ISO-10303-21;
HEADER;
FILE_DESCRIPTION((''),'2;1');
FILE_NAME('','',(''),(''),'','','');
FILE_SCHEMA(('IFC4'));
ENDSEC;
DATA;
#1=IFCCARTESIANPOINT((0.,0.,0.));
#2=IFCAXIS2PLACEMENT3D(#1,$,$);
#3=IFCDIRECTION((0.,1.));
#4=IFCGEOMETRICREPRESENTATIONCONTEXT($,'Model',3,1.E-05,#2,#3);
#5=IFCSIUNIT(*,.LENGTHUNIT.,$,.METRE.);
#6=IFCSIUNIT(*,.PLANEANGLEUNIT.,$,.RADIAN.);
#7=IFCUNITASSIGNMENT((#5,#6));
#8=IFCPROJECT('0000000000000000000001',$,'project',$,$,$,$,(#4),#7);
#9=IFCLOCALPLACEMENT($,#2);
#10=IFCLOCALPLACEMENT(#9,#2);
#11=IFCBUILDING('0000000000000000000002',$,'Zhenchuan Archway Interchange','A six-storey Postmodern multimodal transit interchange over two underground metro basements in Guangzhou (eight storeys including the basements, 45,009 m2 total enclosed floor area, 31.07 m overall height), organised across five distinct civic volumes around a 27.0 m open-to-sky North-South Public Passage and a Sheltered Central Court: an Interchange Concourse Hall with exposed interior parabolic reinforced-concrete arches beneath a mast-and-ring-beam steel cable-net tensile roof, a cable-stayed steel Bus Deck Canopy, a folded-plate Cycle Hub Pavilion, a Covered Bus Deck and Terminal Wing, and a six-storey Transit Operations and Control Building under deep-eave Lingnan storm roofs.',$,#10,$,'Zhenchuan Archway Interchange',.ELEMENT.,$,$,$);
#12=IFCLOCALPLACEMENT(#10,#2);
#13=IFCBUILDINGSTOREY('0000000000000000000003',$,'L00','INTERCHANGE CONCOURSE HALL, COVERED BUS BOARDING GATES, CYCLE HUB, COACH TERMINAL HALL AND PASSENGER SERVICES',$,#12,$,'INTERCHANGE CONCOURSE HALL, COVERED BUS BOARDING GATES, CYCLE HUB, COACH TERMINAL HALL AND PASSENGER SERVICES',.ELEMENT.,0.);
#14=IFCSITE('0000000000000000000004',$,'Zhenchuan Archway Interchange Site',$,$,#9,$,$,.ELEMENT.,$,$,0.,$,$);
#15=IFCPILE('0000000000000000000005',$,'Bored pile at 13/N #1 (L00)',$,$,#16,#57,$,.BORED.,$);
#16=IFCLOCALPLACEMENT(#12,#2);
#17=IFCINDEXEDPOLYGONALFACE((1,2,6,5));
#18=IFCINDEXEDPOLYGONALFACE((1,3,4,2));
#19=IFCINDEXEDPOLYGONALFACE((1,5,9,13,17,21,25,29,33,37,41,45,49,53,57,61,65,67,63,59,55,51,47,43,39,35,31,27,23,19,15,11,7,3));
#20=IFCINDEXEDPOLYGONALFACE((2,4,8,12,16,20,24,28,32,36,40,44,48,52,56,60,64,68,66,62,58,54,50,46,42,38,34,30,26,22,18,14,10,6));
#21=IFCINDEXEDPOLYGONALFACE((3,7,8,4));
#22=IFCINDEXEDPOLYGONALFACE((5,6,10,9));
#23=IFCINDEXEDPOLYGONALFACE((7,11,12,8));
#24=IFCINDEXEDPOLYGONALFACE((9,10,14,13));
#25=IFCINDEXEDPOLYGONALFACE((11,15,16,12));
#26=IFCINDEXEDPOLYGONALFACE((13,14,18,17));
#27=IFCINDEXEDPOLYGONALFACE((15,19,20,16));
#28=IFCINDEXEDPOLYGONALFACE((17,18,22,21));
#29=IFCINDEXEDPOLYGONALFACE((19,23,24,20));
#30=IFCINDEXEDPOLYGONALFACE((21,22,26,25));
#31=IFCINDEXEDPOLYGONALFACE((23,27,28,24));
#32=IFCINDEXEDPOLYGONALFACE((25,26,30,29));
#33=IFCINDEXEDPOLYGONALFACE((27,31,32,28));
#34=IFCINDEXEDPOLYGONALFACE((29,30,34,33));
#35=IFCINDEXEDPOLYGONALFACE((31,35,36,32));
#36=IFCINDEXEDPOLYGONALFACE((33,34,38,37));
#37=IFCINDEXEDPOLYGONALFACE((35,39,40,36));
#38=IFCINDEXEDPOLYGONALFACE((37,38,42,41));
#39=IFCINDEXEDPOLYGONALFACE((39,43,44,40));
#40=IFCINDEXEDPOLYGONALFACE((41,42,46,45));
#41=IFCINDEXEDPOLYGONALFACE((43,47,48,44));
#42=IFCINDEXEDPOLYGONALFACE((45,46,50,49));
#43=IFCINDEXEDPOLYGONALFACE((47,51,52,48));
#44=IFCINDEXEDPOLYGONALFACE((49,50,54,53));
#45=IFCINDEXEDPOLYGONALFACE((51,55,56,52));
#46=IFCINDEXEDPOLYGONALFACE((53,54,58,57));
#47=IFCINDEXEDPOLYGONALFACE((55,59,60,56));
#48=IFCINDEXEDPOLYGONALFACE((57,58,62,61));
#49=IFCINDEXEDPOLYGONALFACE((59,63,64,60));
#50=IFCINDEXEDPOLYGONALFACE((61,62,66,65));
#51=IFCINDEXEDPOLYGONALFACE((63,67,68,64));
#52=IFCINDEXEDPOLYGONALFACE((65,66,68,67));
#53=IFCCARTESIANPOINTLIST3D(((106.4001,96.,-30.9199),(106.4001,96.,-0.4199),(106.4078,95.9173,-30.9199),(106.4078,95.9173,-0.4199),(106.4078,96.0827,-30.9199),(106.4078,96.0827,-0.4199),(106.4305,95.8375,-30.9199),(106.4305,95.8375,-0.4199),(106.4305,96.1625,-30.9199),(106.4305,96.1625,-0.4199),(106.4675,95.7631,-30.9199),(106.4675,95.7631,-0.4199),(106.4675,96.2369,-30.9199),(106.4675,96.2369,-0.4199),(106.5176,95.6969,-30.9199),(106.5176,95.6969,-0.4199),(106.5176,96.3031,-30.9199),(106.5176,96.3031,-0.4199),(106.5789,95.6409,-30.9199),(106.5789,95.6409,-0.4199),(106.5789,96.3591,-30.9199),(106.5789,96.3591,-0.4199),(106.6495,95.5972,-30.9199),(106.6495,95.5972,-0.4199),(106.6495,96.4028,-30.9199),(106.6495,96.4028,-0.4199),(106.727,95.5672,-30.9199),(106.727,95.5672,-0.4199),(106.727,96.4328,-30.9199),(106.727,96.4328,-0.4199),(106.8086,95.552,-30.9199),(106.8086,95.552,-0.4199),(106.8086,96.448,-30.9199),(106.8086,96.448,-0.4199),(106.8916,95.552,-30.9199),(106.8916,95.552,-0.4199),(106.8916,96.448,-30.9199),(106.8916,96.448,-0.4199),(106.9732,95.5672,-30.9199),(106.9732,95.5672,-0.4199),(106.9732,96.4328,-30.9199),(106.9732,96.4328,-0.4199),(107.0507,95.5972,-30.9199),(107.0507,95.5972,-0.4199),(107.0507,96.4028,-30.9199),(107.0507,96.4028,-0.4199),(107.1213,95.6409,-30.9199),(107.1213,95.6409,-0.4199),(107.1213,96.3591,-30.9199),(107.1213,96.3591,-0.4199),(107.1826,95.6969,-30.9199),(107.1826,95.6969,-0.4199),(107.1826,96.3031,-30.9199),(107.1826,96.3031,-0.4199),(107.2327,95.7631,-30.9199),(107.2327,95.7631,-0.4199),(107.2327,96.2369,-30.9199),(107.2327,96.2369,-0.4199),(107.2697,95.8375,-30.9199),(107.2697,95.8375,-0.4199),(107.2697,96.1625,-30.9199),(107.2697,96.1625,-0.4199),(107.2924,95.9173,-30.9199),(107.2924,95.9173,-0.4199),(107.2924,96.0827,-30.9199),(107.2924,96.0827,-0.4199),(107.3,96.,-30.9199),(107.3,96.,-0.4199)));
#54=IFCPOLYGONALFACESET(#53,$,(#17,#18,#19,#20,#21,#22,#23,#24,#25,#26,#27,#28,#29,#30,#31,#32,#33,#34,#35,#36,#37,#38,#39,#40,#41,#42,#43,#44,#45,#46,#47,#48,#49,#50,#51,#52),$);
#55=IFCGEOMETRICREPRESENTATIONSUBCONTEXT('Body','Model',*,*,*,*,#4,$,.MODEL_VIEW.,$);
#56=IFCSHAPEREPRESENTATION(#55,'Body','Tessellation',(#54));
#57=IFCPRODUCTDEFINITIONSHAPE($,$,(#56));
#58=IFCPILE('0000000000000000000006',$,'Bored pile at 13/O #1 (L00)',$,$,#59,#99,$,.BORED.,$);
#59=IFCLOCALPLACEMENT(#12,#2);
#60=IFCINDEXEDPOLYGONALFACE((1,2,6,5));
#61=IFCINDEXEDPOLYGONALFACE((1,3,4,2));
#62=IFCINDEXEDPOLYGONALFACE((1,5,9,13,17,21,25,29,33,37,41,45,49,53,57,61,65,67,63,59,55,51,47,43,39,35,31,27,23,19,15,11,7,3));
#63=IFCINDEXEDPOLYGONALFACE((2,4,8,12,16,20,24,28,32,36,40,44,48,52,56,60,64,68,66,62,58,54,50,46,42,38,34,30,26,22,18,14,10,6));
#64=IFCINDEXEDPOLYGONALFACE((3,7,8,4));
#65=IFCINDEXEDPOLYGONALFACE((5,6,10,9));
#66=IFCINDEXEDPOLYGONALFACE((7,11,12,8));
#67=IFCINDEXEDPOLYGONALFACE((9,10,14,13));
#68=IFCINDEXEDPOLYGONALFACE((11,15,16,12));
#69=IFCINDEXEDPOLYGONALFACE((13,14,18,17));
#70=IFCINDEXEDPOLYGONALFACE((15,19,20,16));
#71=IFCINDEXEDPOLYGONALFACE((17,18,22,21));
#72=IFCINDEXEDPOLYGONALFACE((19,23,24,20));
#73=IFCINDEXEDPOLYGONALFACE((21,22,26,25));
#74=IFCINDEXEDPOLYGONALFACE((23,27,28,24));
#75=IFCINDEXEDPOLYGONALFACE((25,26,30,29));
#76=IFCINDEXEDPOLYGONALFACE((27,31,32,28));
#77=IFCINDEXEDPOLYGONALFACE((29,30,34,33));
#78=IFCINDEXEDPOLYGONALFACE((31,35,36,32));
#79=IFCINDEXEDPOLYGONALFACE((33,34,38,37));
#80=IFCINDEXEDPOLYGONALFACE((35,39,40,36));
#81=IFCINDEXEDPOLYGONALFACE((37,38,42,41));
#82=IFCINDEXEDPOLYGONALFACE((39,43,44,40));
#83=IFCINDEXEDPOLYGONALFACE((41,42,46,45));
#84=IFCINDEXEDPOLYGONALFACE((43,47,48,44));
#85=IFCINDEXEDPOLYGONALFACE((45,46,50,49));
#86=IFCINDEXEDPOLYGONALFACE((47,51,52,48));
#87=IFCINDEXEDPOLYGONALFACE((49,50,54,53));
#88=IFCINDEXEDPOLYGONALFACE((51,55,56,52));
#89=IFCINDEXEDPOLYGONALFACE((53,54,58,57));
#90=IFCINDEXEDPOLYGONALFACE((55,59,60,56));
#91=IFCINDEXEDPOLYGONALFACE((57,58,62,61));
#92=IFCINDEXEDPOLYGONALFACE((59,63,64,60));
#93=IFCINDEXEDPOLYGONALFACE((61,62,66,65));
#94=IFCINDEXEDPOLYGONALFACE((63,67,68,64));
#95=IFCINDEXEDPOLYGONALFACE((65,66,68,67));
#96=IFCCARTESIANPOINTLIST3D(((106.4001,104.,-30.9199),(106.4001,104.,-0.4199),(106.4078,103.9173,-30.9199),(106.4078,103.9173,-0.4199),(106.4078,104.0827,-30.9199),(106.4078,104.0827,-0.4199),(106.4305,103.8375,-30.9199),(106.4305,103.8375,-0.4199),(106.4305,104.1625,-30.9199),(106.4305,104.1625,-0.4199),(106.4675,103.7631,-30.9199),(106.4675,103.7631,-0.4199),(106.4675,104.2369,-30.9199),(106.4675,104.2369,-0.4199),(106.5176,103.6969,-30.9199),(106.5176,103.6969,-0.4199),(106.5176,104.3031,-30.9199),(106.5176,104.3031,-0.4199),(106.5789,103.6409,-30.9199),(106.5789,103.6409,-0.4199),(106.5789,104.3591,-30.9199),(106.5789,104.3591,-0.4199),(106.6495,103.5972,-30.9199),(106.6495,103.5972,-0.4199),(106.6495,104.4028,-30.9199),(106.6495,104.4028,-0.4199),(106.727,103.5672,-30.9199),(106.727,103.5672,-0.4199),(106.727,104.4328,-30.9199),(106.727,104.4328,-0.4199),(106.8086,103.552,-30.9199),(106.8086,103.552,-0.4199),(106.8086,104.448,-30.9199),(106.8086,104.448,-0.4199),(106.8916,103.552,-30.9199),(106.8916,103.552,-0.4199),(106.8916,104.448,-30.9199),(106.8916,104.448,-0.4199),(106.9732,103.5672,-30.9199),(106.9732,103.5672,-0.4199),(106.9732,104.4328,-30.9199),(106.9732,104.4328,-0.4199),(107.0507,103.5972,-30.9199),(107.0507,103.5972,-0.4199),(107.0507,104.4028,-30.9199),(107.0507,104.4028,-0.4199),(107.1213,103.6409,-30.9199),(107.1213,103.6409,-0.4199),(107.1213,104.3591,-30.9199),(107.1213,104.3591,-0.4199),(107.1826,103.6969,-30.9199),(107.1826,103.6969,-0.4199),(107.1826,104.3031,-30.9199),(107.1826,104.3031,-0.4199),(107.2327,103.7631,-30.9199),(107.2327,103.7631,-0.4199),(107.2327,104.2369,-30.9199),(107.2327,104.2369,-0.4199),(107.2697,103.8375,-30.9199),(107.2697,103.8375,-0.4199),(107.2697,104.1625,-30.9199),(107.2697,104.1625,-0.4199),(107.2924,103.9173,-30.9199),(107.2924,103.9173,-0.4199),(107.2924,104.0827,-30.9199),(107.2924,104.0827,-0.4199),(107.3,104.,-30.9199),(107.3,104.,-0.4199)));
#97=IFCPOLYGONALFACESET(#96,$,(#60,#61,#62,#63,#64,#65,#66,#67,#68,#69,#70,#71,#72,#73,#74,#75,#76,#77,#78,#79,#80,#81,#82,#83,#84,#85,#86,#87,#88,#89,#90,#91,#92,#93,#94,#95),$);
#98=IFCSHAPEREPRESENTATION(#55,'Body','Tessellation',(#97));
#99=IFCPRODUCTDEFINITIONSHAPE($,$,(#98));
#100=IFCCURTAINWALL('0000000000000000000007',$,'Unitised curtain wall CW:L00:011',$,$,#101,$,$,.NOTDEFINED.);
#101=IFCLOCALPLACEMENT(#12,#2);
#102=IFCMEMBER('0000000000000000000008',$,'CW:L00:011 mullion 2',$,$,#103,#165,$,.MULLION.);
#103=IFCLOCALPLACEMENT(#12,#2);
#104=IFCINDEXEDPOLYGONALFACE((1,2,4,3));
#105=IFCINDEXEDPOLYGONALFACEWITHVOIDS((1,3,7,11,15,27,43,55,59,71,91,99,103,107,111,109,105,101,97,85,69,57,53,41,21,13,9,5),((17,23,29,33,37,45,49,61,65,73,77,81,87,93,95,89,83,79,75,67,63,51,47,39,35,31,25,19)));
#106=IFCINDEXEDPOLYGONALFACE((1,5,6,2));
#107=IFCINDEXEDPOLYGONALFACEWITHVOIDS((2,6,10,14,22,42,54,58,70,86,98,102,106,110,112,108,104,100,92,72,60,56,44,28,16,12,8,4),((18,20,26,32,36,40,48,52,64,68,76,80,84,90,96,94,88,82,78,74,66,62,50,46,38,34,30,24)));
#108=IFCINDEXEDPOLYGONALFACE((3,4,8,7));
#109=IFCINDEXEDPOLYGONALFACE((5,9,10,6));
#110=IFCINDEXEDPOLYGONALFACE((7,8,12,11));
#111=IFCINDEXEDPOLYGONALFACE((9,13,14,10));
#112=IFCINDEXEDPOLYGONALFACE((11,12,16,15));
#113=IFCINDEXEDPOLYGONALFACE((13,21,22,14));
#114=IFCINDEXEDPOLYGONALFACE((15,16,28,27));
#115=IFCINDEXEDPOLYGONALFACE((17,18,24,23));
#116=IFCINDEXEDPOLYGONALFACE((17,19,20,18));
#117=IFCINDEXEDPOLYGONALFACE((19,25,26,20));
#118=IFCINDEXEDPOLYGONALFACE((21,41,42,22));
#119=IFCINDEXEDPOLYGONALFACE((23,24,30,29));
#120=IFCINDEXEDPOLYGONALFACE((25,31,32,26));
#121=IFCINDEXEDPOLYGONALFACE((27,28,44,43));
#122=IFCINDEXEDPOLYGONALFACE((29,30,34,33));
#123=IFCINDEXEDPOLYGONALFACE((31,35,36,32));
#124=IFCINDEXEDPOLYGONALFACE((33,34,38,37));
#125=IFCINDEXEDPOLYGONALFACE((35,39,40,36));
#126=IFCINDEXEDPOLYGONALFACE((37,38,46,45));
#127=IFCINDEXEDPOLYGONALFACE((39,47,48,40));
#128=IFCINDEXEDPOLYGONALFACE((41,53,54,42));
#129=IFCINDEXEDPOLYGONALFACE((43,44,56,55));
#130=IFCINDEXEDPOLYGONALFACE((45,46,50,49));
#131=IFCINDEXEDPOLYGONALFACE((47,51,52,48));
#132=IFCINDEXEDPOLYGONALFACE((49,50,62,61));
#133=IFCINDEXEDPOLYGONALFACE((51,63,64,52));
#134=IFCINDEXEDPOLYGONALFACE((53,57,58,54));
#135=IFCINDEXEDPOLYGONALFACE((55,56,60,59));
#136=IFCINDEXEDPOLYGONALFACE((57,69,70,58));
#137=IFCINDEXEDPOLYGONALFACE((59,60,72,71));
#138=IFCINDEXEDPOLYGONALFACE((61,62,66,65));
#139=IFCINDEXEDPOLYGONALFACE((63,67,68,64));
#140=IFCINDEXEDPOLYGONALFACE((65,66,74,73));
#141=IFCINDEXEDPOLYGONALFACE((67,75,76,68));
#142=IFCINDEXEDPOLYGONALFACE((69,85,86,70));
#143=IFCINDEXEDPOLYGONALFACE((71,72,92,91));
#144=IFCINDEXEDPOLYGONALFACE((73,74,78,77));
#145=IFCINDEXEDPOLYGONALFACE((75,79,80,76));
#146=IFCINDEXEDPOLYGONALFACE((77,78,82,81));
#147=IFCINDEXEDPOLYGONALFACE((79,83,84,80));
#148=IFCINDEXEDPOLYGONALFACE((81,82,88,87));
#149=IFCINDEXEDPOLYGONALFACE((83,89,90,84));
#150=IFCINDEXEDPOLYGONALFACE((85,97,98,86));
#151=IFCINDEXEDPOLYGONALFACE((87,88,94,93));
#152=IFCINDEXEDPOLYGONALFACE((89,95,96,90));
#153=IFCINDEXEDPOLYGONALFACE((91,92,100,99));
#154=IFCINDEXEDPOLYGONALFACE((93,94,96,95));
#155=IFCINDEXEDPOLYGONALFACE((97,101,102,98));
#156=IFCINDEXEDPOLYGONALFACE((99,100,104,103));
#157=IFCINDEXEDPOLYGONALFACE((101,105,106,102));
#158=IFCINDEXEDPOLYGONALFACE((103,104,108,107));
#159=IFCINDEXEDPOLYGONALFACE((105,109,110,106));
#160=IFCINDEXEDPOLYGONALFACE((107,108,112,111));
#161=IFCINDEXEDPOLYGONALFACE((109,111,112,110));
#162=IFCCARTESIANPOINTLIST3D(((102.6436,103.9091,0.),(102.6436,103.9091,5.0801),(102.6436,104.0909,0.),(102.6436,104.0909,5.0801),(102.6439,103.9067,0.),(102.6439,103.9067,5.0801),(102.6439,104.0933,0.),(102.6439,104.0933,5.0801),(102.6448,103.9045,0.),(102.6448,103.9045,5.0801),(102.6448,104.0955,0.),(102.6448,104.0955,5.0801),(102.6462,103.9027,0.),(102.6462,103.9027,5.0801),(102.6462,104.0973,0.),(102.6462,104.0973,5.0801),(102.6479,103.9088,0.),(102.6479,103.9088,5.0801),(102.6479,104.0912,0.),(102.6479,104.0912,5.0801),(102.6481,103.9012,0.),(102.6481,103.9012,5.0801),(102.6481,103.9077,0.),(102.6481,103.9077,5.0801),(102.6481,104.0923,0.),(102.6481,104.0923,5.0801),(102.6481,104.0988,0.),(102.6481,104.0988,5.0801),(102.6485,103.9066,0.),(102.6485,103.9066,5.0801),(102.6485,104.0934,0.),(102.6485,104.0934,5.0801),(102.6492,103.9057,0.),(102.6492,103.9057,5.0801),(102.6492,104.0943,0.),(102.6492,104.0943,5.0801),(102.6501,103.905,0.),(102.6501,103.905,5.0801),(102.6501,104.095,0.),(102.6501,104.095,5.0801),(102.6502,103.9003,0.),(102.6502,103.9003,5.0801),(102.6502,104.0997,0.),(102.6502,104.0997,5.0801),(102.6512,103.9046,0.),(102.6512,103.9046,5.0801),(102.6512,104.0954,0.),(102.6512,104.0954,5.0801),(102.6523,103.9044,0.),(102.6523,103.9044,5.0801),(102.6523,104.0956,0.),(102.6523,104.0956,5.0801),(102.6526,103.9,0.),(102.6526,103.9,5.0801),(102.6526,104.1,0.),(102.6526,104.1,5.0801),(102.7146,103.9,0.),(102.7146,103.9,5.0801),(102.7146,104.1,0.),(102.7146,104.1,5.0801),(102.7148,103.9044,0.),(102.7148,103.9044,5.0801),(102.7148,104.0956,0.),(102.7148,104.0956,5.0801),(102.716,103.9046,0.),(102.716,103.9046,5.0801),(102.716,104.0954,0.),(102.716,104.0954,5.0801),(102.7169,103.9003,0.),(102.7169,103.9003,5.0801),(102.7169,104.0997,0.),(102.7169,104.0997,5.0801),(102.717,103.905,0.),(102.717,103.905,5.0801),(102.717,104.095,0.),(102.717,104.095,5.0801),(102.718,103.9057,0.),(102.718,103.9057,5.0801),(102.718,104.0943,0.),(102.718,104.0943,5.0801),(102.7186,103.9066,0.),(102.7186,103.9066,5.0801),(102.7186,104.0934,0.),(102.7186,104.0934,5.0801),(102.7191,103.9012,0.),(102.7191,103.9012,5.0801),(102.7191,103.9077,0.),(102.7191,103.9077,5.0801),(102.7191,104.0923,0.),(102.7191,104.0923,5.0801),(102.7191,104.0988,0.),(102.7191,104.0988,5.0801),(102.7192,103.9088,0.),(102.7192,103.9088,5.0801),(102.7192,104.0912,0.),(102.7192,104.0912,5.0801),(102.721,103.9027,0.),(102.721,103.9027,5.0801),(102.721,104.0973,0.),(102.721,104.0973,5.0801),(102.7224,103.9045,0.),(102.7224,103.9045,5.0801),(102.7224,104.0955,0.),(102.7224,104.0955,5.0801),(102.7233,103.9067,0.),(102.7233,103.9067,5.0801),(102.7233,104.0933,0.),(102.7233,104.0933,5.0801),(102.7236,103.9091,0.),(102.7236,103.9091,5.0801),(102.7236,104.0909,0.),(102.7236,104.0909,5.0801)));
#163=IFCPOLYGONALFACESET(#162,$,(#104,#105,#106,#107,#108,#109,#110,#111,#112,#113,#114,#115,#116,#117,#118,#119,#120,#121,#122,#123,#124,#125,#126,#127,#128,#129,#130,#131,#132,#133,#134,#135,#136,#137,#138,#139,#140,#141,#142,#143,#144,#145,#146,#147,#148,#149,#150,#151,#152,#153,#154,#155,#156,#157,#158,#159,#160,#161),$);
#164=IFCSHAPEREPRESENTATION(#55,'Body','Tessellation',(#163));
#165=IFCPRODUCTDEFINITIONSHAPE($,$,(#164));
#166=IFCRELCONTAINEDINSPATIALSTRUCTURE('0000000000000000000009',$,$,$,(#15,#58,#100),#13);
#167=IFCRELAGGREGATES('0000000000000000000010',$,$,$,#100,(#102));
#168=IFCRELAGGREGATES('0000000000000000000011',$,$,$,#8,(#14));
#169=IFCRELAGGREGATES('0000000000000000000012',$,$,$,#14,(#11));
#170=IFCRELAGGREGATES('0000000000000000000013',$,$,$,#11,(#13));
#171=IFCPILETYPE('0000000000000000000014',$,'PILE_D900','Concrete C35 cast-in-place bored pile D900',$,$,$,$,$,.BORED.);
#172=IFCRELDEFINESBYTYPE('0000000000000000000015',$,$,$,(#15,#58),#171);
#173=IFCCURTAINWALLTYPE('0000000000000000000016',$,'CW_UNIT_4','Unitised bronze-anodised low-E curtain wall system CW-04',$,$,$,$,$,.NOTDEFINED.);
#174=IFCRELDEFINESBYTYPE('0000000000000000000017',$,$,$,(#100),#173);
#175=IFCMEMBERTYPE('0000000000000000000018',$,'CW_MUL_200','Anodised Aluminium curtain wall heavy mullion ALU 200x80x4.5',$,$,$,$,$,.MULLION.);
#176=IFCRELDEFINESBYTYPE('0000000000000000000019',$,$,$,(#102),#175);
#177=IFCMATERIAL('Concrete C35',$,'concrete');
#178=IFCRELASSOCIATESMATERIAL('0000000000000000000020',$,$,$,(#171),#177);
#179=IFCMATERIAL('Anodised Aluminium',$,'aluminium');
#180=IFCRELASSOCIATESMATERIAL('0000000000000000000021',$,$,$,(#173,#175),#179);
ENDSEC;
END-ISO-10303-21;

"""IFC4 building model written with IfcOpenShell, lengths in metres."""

from ifc_helpers import new_model, si_unit, direction, frame, origin, origin_2d, place, context, subcontext, project, spatial, hollow_rectangle, circle, extrude, material, material_profile, profile_set, type_object, element, aggregate, save


model = new_model("IFC4")

# Units and contexts
model_context = context("Model", 3, precision=1e-05, world=origin(), true_north=direction((0.0, 1.0)))
body_context = subcontext(model_context, "Body", "Model", "MODEL_VIEW")
ifc_project = project(units=[si_unit("LENGTHUNIT", "METRE"), si_unit("PLANEANGLEUNIT", "RADIAN")], contexts=[model_context])

# Site, building, storey
site_placement = place(None, origin())
site = spatial("IfcSite", under=ifc_project, at=site_placement, Name="Zhenchuan Archway Interchange Site", CompositionType="ELEMENT", RefElevation=0.0)
building_placement = place(site_placement, origin())
building = spatial("IfcBuilding", under=site, at=building_placement, Name="Zhenchuan Archway Interchange", Description="A six-storey Postmodern multimodal transit interchange over two underground metro basements in Guangzhou (eight storeys including the basements, 45,009 m2 total enclosed floor area, 31.07 m overall height), organised across five distinct civic volumes around a 27.0 m open-to-sky North-South Public Passage and a Sheltered Central Court: an Interchange Concourse Hall with exposed interior parabolic reinforced-concrete arches beneath a mast-and-ring-beam steel cable-net tensile roof, a cable-stayed steel Bus Deck Canopy, a folded-plate Cycle Hub Pavilion, a Covered Bus Deck and Terminal Wing, and a six-storey Transit Operations and Control Building under deep-eave Lingnan storm roofs.", LongName="Zhenchuan Archway Interchange", CompositionType="ELEMENT")
storey_placement = place(building_placement, origin())
storey = spatial("IfcBuildingStorey", under=building, at=storey_placement, Name="L00", Description="INTERCHANGE CONCOURSE HALL, COVERED BUS BOARDING GATES, CYCLE HUB, COACH TERMINAL HALL AND PASSENGER SERVICES", LongName="INTERCHANGE CONCOURSE HALL, COVERED BUS BOARDING GATES, CYCLE HUB, COACH TERMINAL HALL AND PASSENGER SERVICES", CompositionType="ELEMENT", Elevation=0.0)

# Piles
ifc_material_1 = material(Name="Concrete C35", Category="concrete")
ifc_material_profile_1 = material_profile(ifc_material_1, circle(Radius=0.45, at=origin_2d()), Name="BORED PILE 900")
ifc_profile_set_1 = profile_set([ifc_material_profile_1], Name="Concrete C35")
pile_type = type_object("IfcPileType", Name="PILE_D900", Description="Concrete C35 cast-in-place bored pile D900", PredefinedType="BORED", material=ifc_profile_set_1)
for number, where, z_axis, x_axis, name in (
    (1, (106.8501, 96.0, -0.4199), (0.0, 0.0, -1.0), (1.0, 0.0, 0.0), "Bored pile at 13/N #1 (L00)"),
    (2, (106.8501, 104.0, -0.4199), (0.0, 0.0, -1.0), (1.0, 0.0, 0.0), "Bored pile at 13/O #1 (L00)"),
):
    element("IfcPile", number, at=place(storey_placement, frame(where, z_axis=z_axis, x_axis=x_axis)), inside=storey, type_object=pile_type, Name=name, PredefinedType="BORED", context=body_context, shape_type="SweptSolid", body=[
        extrude(circle(Radius=0.45, at=origin_2d()), origin(), (0.0, 0.0, 1.0), 30.5),
    ])

# Curtain wall, member
ifc_material_2 = material(Name="Anodised Aluminium", Category="aluminium")
curtain_wall_type = type_object("IfcCurtainWallType", Name="CW_UNIT_4", Description="Unitised bronze-anodised low-E curtain wall system CW-04", PredefinedType="NOTDEFINED", material=ifc_material_2)
curtain_wall_placement = place(storey_placement, origin())
curtain_wall = element("IfcCurtainWall", 3, at=curtain_wall_placement, inside=storey, type_object=curtain_wall_type, Name="Unitised curtain wall CW:L00:011", PredefinedType="NOTDEFINED")
ifc_material_profile_2 = material_profile(ifc_material_2, hollow_rectangle(XDim=0.0801, YDim=0.2, WallThickness=0.0044, InnerFilletRadius=0.0044, OuterFilletRadius=0.009, at=origin_2d()), Name="ALU 200x80x4.5")
ifc_profile_set_2 = profile_set([ifc_material_profile_2], Name="Anodised Aluminium")
member_type_1 = type_object("IfcMemberType", Name="CW_MUL_200", Description="Anodised Aluminium curtain wall heavy mullion ALU 200x80x4.5", PredefinedType="MULLION", material=ifc_profile_set_2)
member_1_placement = place(storey_placement, frame((102.6836, 104.0, 0.0), z_axis=(0.0, 0.0, 1.0), x_axis=(1.0, 0.0, 0.0)))
member_1 = element("IfcMember", 4, at=member_1_placement, type_object=member_type_1, Name="CW:L00:011 mullion 2", PredefinedType="MULLION", context=body_context, shape_type="SweptSolid", body=[
    extrude(hollow_rectangle(XDim=0.0801, YDim=0.2, WallThickness=0.0044, InnerFilletRadius=0.0044, OuterFilletRadius=0.009, at=origin_2d()), origin(), (0.0, 0.0, 1.0), 5.0801),
])

aggregate(curtain_wall, [member_1])

save(model, "model.ifc")
